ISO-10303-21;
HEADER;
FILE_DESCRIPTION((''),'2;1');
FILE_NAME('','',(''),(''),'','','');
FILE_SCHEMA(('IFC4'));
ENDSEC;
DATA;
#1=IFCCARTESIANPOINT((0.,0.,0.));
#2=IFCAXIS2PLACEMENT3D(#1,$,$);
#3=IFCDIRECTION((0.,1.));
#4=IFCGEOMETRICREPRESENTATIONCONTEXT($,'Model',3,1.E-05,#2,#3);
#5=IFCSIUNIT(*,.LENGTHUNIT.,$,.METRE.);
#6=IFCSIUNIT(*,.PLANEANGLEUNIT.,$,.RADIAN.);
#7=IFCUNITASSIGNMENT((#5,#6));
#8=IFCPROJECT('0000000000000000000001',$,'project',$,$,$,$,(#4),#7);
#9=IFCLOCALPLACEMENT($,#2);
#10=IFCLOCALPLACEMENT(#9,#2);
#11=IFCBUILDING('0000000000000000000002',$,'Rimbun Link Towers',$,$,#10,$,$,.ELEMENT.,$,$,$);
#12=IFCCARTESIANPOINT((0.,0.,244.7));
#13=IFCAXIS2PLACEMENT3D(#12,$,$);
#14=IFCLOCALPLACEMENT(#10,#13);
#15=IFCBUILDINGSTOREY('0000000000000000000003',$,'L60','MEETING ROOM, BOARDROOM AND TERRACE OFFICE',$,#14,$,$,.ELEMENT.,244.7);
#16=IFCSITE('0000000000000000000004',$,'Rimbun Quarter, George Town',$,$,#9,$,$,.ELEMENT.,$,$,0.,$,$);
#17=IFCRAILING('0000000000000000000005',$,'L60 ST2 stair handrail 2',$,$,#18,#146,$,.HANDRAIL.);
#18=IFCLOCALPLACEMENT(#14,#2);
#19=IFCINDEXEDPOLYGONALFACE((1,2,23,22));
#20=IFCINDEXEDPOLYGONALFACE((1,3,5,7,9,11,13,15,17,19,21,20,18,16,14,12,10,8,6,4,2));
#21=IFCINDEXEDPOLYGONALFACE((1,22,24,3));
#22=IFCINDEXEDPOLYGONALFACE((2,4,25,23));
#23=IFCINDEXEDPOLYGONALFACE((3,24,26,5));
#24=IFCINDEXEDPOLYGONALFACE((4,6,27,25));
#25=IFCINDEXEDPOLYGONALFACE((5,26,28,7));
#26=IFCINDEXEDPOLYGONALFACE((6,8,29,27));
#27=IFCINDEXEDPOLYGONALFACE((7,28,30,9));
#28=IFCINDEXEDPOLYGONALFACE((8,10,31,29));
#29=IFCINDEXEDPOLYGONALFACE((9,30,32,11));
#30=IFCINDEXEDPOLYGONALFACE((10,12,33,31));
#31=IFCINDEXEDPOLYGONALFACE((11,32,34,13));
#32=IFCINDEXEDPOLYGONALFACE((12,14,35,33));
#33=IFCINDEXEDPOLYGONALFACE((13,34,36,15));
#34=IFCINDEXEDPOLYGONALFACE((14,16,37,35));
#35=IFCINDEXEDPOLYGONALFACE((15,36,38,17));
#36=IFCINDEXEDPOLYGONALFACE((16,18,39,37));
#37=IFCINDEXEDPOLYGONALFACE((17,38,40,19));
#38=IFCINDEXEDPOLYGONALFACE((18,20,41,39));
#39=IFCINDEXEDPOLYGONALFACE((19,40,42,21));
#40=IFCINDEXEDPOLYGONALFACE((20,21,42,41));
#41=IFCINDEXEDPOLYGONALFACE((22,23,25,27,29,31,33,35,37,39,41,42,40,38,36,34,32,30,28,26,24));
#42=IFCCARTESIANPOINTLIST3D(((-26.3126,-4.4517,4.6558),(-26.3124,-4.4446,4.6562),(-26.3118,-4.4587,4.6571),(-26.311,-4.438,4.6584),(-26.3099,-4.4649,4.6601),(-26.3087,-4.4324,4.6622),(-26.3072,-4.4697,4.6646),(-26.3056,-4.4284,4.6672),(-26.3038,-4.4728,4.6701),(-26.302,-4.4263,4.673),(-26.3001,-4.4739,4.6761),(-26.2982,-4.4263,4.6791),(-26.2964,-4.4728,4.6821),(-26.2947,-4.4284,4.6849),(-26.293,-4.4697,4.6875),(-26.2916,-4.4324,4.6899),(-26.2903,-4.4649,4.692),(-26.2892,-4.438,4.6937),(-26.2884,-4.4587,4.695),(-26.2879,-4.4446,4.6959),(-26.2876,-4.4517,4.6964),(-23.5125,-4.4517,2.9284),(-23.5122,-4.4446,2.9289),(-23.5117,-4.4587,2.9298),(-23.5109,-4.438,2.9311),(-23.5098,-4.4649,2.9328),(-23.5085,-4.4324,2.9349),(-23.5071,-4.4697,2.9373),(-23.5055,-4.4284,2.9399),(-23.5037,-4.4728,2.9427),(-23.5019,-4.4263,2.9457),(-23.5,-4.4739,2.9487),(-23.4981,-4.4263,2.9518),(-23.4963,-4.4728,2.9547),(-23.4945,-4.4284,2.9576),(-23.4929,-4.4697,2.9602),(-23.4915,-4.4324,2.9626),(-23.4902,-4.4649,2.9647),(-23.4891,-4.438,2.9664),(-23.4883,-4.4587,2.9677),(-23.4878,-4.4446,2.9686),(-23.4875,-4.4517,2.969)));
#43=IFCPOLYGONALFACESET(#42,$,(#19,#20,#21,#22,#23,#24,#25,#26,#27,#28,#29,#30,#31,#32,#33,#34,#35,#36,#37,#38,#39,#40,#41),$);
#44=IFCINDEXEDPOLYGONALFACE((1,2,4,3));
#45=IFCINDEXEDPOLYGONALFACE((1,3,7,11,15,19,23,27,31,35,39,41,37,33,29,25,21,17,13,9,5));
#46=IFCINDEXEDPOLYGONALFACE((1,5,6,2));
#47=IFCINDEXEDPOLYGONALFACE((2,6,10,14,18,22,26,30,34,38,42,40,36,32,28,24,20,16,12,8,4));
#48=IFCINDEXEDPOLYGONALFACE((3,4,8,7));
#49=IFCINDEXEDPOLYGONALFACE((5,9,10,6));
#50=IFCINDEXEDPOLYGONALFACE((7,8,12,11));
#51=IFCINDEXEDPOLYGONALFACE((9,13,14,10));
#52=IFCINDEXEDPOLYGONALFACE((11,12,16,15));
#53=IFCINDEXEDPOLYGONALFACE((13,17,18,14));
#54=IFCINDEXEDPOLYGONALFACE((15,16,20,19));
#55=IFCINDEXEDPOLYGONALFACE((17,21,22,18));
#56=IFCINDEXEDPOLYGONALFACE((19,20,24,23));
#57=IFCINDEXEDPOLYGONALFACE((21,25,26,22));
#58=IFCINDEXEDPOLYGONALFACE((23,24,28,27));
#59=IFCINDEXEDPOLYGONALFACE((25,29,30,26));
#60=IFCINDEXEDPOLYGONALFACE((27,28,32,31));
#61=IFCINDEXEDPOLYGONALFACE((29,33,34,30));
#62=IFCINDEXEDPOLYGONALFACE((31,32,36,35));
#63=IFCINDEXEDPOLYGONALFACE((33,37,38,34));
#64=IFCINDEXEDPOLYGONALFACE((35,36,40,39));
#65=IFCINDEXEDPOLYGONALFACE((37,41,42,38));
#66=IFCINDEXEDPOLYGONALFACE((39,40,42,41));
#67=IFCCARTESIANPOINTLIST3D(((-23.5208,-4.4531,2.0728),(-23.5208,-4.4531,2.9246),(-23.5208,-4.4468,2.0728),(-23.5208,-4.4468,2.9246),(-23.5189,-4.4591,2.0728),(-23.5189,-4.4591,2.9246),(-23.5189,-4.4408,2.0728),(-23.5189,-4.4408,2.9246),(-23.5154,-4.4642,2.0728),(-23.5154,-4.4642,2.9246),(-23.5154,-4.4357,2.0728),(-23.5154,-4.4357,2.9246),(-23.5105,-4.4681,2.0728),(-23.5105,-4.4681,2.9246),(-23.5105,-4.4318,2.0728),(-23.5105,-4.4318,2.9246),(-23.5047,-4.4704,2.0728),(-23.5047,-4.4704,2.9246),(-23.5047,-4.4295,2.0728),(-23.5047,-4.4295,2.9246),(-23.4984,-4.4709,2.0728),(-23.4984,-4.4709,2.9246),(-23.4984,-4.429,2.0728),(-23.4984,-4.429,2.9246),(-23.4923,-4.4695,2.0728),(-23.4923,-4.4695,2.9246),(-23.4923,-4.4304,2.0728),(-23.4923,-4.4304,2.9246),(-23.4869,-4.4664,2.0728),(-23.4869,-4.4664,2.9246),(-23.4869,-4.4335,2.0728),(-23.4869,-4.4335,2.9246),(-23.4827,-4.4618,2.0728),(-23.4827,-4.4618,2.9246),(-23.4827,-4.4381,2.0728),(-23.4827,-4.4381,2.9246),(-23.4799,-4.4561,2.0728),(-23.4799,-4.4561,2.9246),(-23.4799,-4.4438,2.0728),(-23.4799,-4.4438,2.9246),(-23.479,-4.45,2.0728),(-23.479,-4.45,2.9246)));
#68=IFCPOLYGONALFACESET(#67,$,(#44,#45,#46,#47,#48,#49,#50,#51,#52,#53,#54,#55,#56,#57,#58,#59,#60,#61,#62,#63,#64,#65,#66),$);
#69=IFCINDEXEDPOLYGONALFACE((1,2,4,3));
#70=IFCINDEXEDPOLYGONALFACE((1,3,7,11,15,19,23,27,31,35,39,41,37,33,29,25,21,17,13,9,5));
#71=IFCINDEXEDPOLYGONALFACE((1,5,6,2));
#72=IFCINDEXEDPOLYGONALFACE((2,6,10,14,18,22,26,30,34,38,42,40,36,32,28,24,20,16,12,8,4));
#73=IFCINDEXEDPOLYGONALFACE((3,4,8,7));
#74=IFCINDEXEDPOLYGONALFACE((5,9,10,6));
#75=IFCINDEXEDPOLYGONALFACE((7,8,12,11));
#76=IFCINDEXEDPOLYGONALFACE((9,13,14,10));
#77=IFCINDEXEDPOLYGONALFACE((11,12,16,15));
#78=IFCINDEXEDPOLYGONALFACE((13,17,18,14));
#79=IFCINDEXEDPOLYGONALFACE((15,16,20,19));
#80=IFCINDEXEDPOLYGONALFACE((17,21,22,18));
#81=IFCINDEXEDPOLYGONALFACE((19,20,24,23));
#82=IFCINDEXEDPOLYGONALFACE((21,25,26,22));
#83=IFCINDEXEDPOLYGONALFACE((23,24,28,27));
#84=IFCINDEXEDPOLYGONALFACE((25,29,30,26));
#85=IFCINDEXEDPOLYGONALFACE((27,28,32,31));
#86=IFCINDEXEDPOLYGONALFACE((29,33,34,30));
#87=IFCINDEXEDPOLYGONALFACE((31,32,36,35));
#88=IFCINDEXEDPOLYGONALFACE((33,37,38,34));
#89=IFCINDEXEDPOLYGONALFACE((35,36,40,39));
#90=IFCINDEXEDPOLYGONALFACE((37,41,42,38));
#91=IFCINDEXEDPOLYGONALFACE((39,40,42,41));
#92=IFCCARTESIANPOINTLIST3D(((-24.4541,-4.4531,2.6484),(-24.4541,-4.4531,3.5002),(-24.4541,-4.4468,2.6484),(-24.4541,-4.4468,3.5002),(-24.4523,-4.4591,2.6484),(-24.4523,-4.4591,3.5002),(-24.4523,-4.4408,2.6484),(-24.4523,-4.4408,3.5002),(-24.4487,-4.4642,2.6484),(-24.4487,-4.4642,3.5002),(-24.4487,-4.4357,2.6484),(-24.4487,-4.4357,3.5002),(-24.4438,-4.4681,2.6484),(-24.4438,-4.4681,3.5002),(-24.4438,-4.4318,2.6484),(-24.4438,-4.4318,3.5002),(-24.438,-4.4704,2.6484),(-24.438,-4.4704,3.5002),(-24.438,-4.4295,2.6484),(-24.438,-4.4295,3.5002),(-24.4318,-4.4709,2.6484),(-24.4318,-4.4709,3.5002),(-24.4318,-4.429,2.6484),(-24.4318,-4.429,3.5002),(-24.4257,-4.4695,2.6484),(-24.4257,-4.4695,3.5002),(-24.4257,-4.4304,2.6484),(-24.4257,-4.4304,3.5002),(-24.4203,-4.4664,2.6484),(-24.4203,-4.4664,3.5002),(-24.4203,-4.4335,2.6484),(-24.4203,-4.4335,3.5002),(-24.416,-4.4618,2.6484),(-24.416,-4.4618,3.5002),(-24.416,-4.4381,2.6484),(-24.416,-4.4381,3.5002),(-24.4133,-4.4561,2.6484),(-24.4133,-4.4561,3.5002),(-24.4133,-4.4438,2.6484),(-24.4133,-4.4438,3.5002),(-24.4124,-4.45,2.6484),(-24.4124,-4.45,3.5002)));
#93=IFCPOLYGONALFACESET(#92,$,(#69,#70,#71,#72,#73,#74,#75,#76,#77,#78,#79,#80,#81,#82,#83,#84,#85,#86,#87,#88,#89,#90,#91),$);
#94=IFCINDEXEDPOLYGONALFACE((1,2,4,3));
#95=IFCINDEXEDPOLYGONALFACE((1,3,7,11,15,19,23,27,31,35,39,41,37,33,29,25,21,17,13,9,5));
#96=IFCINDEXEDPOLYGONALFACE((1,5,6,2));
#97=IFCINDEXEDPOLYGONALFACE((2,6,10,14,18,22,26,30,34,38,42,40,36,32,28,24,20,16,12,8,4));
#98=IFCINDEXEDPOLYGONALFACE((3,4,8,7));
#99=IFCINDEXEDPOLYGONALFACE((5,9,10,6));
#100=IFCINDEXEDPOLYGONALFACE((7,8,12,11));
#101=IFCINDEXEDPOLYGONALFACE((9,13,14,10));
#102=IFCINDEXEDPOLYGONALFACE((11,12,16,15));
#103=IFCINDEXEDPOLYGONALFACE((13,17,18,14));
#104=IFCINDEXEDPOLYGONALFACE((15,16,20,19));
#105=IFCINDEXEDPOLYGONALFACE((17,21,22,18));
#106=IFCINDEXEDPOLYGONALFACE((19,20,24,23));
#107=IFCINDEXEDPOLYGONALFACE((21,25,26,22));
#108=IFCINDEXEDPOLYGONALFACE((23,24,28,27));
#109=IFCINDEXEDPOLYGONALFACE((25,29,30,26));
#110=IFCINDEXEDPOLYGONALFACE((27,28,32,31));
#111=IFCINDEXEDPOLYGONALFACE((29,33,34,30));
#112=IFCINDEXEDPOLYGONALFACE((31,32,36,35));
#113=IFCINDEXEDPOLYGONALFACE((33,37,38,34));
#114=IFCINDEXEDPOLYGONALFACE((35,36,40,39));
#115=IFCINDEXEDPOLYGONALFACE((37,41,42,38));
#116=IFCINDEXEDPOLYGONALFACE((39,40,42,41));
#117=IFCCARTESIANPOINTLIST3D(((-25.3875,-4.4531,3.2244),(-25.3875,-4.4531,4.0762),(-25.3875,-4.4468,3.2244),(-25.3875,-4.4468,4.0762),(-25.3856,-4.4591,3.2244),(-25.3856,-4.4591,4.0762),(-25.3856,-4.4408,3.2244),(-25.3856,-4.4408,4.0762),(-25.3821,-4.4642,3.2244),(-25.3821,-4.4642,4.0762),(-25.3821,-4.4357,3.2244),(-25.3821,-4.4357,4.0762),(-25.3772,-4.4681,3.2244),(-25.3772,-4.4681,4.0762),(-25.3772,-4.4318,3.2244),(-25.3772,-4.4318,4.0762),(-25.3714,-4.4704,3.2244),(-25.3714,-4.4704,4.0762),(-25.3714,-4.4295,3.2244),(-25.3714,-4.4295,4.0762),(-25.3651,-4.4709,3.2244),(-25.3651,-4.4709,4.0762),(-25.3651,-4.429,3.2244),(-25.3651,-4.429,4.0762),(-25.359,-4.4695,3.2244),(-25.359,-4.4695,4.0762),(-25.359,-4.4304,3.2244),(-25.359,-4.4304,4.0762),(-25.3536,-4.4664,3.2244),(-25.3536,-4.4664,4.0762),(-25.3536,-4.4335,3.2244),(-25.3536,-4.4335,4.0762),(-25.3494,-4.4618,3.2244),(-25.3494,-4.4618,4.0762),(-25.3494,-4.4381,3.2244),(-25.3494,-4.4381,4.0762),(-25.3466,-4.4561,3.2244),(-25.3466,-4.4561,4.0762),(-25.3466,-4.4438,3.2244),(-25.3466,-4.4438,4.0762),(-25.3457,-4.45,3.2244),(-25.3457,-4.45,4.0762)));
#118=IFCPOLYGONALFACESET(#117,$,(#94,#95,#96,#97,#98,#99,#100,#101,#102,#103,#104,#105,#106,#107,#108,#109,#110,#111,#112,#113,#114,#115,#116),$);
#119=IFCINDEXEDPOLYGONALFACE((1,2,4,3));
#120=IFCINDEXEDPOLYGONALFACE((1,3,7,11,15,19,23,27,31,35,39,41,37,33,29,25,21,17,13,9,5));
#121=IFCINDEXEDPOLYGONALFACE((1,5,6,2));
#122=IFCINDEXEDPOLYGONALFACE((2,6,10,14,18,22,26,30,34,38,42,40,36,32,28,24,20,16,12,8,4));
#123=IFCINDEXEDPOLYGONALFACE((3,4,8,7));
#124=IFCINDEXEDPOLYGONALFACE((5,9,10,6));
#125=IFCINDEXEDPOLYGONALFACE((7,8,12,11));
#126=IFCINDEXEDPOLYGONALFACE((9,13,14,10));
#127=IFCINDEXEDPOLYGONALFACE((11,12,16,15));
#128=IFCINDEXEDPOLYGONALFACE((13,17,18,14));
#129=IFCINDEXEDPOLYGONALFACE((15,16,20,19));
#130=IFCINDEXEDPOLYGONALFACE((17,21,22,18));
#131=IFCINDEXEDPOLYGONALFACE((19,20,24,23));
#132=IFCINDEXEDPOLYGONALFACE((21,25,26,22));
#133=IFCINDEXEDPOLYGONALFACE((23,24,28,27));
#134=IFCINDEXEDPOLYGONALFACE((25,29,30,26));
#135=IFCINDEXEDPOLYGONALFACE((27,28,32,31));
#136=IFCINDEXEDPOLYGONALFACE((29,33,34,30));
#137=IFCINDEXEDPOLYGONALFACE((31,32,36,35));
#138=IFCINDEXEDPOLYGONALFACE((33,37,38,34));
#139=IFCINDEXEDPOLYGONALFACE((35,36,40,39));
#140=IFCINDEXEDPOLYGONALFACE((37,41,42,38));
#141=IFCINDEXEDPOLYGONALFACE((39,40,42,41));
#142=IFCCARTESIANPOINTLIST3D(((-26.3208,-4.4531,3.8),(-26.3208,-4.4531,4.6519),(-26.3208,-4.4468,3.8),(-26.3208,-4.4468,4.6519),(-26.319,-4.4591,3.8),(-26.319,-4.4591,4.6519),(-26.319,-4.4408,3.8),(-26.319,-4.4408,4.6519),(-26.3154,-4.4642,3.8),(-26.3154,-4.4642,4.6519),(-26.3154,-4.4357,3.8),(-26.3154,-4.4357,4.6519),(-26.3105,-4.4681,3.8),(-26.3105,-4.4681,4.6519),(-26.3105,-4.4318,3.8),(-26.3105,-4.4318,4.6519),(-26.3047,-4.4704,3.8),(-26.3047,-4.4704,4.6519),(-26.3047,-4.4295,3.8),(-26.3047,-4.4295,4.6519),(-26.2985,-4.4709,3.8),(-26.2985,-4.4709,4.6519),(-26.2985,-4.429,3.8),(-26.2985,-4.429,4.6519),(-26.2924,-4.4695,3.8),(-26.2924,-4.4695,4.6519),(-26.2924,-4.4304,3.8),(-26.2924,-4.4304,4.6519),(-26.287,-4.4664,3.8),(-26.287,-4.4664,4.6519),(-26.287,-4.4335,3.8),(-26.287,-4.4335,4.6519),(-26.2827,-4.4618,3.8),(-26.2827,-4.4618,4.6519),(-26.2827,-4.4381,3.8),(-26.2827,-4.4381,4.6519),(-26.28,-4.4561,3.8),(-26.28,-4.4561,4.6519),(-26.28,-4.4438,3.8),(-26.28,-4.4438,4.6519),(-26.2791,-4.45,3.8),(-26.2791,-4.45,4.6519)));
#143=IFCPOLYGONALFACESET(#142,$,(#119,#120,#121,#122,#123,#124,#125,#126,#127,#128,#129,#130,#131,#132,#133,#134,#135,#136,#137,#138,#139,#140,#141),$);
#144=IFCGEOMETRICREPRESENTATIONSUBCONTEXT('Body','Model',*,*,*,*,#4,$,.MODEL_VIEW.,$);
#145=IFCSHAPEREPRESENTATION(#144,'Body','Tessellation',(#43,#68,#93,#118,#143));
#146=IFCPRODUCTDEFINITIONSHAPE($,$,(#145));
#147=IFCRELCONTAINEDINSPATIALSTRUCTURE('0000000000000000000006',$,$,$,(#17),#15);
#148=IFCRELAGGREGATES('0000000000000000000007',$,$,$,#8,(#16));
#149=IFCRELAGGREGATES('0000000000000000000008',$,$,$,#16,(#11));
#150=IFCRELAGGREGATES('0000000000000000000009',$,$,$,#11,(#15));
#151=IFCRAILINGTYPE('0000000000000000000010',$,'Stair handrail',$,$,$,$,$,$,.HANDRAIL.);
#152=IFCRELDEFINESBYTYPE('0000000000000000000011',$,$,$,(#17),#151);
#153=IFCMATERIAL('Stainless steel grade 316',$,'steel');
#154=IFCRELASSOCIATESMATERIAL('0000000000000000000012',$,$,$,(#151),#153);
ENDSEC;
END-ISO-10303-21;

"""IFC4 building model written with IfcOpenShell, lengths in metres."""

from ifc_helpers import new_model, si_unit, direction, frame, origin, origin_2d, place, context, subcontext, project, spatial, circle, extrude, material, type_object, element, save


model = new_model("IFC4")

# Units and contexts
model_context = context("Model", 3, precision=1e-05, world=origin(), true_north=direction((0.0, 1.0)))
body_context = subcontext(model_context, "Body", "Model", "MODEL_VIEW")
ifc_project = project(units=[si_unit("LENGTHUNIT", "METRE"), si_unit("PLANEANGLEUNIT", "RADIAN")], contexts=[model_context])

# Site, building, storey
site_placement = place(None, origin())
site = spatial("IfcSite", under=ifc_project, at=site_placement, Name="Rimbun Quarter, George Town", CompositionType="ELEMENT", RefElevation=0.0)
building_placement = place(site_placement, origin())
building = spatial("IfcBuilding", under=site, at=building_placement, Name="Rimbun Link Towers", CompositionType="ELEMENT")
storey_placement = place(building_placement, frame((0.0, 0.0, 244.7)))
storey = spatial("IfcBuildingStorey", under=building, at=storey_placement, Name="L60", Description="MEETING ROOM, BOARDROOM AND TERRACE OFFICE", CompositionType="ELEMENT", Elevation=244.7)

# Railing
ifc_material_1 = material(Name="Stainless steel grade 316", Category="steel")
railing_type_1 = type_object("IfcRailingType", Name="Stair handrail", PredefinedType="HANDRAIL", material=ifc_material_1)
railing_1_placement = place(storey_placement, frame((-23.5, -4.45, 2.0728)))
element("IfcRailing", 1, at=railing_1_placement, inside=storey, type_object=railing_type_1, Name="L60 ST2 stair handrail 2", PredefinedType="HANDRAIL", context=body_context, shape_type="SweptSolid", body=[
    extrude(circle(Radius=0.0239, at=origin_2d()), frame((0.0, 0.0, 0.876), z_axis=(-0.85109, 0.0, 0.52502), x_axis=(0.0, -1.0, 0.0)), (0.0, 0.0, 1.0), 3.29),
    extrude(circle(Radius=0.021, at=origin_2d()), origin(), (0.0, 0.0, 1.0), 0.8518),
    extrude(circle(Radius=0.021, at=origin_2d()), frame((-0.9333, 0.0, 0.5757)), (0.0, 0.0, 1.0), 0.8518),
    extrude(circle(Radius=0.021, at=origin_2d()), frame((-1.8667, 0.0, 1.1516)), (0.0, 0.0, 1.0), 0.8518),
    extrude(circle(Radius=0.021, at=origin_2d()), frame((-2.8, 0.0, 1.7273)), (0.0, 0.0, 1.0), 0.8518),
])

save(model, "model.ifc")
